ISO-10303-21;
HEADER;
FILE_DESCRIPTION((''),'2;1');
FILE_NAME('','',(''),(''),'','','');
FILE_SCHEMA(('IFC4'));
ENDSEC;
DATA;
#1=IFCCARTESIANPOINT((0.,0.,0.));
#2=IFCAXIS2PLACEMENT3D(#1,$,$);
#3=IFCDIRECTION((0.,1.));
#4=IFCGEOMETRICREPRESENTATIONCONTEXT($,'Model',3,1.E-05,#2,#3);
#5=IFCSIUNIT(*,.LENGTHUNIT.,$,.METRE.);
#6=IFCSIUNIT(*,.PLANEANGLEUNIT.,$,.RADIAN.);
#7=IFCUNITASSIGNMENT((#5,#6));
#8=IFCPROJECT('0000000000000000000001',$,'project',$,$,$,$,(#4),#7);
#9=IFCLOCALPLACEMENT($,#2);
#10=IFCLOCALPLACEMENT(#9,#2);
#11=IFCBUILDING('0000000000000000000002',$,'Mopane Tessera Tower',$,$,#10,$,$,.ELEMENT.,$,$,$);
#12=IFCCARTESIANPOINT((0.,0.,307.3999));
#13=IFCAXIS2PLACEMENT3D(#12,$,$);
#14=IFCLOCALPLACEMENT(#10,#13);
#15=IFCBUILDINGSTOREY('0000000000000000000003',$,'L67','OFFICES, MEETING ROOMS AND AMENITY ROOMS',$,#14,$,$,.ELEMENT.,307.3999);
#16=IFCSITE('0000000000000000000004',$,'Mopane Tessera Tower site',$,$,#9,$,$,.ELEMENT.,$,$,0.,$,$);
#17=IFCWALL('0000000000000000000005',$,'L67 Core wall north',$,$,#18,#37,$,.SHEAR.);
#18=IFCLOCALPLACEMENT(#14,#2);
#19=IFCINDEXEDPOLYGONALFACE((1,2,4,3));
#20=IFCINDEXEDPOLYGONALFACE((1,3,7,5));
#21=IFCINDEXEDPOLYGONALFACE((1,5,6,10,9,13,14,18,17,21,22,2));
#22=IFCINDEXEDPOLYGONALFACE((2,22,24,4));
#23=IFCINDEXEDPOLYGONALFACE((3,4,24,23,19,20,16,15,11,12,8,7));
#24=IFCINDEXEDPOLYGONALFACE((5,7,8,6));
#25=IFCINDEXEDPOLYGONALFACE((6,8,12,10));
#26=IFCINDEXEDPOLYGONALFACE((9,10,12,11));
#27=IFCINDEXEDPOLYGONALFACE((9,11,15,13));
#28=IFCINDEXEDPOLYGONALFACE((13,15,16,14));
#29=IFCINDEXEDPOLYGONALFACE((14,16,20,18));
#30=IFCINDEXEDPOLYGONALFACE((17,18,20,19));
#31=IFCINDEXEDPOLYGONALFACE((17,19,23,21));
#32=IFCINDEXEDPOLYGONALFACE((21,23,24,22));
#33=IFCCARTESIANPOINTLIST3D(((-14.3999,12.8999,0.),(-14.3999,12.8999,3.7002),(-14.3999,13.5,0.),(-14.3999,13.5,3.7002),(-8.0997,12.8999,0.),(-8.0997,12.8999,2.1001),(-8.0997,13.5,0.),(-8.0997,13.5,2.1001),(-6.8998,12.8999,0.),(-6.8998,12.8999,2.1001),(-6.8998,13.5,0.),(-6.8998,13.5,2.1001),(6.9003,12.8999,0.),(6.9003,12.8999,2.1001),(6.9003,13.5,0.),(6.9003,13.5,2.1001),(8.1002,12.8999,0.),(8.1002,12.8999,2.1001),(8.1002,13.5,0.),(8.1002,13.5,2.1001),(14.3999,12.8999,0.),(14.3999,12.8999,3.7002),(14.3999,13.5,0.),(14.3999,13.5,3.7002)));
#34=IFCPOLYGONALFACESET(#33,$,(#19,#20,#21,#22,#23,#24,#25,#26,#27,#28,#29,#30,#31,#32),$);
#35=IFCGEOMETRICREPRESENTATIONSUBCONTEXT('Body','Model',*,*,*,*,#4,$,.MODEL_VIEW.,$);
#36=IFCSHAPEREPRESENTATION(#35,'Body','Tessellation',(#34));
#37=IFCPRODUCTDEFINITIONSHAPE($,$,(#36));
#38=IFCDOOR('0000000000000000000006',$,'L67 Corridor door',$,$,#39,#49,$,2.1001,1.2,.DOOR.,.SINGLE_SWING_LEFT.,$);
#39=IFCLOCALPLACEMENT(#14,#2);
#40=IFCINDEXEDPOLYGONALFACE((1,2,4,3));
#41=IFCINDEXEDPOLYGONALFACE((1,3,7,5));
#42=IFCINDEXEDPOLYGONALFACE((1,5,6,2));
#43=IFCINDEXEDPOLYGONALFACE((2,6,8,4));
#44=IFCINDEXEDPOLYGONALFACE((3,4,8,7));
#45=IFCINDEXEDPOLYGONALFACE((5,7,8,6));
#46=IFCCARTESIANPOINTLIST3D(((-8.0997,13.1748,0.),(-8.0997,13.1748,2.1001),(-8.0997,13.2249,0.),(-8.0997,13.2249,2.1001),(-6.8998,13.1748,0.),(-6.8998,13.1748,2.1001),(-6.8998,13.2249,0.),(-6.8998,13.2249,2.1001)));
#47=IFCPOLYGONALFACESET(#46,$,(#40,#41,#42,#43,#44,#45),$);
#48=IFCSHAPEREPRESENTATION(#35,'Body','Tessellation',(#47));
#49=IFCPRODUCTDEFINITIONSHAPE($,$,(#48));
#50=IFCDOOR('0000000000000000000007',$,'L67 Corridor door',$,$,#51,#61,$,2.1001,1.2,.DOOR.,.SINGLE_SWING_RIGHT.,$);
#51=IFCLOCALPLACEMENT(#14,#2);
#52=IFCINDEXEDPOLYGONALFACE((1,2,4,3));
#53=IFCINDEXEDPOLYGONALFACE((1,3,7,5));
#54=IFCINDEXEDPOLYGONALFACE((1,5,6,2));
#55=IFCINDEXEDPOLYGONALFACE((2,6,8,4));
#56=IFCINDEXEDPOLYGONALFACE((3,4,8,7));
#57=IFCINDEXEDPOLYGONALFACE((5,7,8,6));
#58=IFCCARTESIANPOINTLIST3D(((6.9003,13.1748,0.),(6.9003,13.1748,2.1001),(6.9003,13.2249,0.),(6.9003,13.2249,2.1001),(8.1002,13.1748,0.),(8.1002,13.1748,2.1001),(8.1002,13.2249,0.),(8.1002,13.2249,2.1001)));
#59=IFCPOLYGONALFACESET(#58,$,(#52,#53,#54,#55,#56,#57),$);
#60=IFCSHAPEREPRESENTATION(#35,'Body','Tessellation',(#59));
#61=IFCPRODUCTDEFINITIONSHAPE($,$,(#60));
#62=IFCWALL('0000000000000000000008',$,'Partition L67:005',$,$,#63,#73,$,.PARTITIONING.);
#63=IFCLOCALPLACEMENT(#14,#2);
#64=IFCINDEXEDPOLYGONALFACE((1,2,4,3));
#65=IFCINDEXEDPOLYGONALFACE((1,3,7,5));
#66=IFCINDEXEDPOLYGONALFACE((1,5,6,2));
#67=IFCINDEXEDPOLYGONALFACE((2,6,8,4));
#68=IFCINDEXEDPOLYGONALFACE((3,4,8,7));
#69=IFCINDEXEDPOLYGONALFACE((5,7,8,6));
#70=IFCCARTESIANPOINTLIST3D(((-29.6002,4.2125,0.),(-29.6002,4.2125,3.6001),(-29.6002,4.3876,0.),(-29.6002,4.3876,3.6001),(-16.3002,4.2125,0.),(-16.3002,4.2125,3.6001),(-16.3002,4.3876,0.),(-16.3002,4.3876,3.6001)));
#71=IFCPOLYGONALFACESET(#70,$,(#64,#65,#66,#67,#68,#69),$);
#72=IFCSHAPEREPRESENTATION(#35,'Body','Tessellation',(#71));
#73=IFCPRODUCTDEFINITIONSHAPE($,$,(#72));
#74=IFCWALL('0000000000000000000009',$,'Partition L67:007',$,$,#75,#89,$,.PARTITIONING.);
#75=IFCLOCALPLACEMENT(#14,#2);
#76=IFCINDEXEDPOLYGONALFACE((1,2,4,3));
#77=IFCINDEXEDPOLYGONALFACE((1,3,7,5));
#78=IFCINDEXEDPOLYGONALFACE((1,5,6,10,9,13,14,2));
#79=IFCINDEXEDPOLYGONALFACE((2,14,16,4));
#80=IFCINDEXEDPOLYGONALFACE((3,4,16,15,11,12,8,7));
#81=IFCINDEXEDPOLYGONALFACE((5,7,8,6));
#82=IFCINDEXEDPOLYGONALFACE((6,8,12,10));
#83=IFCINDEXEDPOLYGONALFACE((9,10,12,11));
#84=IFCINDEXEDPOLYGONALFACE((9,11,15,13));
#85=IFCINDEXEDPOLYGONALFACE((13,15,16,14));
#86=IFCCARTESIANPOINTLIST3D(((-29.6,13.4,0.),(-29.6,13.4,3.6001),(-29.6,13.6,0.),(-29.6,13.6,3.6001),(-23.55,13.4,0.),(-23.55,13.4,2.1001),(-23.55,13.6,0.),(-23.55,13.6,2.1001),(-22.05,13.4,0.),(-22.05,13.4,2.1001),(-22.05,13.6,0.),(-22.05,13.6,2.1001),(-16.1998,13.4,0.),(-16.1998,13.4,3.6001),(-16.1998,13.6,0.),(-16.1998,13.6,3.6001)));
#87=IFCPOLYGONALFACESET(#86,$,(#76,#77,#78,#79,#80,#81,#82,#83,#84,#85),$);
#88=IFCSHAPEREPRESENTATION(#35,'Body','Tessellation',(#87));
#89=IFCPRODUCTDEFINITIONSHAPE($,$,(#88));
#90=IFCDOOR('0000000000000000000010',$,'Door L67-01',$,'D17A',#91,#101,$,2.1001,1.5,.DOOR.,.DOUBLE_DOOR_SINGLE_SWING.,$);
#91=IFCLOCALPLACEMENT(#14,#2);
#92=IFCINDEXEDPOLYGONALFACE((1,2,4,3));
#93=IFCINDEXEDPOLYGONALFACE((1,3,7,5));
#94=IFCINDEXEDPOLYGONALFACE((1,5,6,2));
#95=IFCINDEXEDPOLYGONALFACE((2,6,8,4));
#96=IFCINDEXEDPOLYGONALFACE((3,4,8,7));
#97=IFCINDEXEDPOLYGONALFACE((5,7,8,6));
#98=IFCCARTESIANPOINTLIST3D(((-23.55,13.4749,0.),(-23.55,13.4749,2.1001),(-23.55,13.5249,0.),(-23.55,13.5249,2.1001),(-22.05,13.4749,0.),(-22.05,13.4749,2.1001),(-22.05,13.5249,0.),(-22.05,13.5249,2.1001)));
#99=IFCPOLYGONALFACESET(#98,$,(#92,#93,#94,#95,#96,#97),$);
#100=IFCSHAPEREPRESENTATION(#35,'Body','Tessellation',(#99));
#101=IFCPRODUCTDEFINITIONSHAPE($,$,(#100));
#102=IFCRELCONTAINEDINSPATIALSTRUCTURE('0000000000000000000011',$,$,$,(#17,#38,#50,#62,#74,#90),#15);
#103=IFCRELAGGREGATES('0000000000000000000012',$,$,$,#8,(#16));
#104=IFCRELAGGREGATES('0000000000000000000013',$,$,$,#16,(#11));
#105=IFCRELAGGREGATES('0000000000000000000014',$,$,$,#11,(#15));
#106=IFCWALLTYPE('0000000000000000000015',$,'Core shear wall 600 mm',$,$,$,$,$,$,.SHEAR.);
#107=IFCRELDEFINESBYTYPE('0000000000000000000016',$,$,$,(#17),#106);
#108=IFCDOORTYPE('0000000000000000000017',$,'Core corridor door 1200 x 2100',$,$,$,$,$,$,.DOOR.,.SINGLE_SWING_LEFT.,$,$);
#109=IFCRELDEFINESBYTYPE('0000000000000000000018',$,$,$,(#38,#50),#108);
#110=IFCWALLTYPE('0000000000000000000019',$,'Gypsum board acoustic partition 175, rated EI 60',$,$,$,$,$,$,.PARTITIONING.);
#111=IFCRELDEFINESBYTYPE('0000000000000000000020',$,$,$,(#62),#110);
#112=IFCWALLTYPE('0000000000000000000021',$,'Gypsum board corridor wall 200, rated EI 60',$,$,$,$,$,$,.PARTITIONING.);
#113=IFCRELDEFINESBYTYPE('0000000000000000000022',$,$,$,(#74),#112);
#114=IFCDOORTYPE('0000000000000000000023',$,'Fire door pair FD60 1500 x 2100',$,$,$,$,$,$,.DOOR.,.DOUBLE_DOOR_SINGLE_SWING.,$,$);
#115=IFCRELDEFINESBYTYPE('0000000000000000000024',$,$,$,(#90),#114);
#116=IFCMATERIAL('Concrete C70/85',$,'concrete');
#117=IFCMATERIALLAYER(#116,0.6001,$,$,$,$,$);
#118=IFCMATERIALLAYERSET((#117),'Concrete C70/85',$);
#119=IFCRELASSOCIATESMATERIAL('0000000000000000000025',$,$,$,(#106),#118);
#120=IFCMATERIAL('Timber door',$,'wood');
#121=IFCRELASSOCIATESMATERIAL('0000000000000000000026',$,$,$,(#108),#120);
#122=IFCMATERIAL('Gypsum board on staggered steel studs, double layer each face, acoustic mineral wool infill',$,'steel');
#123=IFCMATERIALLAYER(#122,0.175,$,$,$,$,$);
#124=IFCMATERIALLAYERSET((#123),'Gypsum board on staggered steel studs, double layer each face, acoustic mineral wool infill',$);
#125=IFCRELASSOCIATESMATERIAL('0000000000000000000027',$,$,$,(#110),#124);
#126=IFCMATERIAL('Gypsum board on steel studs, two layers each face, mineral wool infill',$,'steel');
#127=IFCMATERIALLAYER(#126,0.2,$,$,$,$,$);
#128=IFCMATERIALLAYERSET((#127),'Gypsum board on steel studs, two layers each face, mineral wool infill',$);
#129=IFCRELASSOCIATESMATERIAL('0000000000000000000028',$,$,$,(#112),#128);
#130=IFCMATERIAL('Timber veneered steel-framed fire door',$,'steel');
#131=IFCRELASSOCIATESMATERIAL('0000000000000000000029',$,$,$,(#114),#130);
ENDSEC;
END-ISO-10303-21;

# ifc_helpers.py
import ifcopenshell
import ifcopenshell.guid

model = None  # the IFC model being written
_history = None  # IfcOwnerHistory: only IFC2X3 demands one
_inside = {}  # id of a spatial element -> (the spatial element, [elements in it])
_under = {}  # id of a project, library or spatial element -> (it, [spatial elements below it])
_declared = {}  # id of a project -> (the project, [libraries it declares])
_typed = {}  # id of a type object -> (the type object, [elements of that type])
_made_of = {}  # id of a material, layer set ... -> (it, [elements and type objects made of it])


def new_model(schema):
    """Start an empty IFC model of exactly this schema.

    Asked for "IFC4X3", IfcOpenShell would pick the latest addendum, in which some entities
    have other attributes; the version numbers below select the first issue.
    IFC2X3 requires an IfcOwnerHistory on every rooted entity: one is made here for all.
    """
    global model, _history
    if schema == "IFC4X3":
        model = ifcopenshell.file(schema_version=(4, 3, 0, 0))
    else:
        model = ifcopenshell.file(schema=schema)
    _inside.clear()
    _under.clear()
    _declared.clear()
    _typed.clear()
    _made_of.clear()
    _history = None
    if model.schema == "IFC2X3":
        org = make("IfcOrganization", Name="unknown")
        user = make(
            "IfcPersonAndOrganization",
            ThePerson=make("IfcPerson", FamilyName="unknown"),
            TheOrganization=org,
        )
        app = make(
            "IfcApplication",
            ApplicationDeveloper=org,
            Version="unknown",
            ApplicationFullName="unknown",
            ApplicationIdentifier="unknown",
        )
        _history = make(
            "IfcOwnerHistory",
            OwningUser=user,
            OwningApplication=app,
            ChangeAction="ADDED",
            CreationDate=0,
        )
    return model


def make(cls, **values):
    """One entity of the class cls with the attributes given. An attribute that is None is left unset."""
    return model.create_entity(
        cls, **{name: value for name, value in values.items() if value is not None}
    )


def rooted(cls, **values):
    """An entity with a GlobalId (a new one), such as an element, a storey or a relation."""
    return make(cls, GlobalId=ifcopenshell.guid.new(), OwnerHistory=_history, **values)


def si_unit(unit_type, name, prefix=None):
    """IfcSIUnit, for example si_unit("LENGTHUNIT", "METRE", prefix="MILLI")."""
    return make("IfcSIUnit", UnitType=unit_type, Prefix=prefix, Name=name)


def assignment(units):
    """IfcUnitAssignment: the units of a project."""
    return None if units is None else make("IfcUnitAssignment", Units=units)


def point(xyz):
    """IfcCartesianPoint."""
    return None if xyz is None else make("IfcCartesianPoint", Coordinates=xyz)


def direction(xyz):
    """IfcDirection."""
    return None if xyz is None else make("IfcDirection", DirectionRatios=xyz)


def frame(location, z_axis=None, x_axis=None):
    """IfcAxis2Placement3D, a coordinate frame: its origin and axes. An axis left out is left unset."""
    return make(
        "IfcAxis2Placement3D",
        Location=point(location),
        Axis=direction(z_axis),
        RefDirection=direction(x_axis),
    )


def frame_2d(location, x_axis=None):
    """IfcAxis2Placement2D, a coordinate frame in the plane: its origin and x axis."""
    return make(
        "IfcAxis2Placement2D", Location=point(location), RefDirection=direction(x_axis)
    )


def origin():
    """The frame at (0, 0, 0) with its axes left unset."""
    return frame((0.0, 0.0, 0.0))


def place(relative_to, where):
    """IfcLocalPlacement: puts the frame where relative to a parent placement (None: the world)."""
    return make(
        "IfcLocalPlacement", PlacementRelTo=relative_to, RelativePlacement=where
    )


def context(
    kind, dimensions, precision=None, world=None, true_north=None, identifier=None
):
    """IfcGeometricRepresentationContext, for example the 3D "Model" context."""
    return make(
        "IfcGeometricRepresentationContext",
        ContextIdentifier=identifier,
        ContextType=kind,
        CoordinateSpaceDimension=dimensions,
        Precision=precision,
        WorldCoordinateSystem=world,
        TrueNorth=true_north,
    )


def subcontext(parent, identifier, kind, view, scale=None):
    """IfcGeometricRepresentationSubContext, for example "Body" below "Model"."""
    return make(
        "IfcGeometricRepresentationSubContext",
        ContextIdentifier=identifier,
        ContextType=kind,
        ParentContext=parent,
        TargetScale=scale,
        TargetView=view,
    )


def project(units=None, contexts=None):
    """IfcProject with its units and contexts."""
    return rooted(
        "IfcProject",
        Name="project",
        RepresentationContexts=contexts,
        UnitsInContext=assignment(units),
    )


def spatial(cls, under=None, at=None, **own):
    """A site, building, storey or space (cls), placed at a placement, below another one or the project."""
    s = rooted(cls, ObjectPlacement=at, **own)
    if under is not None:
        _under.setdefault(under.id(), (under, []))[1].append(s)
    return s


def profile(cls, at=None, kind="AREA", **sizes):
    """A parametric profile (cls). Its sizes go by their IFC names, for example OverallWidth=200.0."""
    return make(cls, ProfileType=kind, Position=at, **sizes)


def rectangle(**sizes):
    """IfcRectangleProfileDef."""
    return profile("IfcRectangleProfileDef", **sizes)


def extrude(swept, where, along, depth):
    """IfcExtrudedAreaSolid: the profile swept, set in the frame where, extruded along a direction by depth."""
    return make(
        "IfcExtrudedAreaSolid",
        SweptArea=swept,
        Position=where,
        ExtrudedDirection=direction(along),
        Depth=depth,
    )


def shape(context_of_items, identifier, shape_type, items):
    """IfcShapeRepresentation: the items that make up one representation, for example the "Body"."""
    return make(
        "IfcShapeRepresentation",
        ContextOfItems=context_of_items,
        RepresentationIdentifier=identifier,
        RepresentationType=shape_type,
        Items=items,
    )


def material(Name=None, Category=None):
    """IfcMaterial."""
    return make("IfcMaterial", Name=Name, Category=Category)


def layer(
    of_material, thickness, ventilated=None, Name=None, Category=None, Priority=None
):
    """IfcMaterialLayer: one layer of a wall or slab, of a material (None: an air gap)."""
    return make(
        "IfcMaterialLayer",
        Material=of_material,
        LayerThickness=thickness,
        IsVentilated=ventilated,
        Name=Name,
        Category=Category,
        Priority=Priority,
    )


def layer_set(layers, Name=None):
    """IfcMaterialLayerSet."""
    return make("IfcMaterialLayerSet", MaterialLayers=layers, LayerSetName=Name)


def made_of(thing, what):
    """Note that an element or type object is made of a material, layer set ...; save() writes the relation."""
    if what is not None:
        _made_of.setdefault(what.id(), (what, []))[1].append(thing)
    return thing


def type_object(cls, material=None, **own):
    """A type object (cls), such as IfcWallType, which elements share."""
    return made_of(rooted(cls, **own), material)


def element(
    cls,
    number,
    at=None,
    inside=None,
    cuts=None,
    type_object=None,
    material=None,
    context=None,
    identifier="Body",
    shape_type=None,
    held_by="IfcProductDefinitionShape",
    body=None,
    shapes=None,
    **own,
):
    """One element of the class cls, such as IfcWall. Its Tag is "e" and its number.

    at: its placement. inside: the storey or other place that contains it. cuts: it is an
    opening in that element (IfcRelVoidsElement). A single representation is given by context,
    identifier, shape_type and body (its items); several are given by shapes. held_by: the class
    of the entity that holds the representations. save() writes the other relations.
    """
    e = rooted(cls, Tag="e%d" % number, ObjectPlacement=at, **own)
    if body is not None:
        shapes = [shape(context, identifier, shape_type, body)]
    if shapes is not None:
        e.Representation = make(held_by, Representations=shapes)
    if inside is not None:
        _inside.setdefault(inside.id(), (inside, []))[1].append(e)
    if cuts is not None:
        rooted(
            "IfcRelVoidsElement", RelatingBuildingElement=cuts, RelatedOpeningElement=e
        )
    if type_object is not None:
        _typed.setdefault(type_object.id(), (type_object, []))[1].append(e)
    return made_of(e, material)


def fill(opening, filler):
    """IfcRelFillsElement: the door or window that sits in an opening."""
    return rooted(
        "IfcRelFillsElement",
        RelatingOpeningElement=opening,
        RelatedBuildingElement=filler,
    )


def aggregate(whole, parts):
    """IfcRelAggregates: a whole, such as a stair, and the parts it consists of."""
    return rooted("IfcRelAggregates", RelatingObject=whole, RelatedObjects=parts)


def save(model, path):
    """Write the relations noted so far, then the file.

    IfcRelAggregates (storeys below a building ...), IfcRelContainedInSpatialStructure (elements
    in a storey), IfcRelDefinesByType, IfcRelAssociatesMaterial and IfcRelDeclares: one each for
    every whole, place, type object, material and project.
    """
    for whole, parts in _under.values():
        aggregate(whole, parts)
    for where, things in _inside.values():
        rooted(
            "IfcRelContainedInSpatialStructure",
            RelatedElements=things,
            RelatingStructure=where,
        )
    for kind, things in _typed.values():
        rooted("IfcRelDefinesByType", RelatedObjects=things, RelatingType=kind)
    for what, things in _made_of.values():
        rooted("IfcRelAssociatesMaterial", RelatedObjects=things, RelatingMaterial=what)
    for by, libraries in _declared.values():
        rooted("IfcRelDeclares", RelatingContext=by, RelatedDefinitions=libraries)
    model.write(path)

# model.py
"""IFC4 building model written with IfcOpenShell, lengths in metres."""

from ifc_helpers import new_model, si_unit, direction, frame, frame_2d, origin, place, context, subcontext, project, spatial, rectangle, extrude, material, layer, layer_set, type_object, element, fill, save


model = new_model("IFC4")

# Units and contexts
model_context = context("Model", 3, precision=1e-05, world=origin(), true_north=direction((0.0, 1.0)))
body_context = subcontext(model_context, "Body", "Model", "MODEL_VIEW")
ifc_project = project(units=[si_unit("LENGTHUNIT", "METRE"), si_unit("PLANEANGLEUNIT", "RADIAN")], contexts=[model_context])

# Site, building, storey
site_placement = place(None, origin())
site = spatial("IfcSite", under=ifc_project, at=site_placement, Name="Mopane Tessera Tower site", CompositionType="ELEMENT", RefElevation=0.0)
building_placement = place(site_placement, origin())
building = spatial("IfcBuilding", under=site, at=building_placement, Name="Mopane Tessera Tower", CompositionType="ELEMENT")
storey_placement = place(building_placement, frame((0.0, 0.0, 307.3999)))
storey = spatial("IfcBuildingStorey", under=building, at=storey_placement, Name="L67", Description="OFFICES, MEETING ROOMS AND AMENITY ROOMS", CompositionType="ELEMENT", Elevation=307.3999)

# Wall, openings, doors
ifc_material_1 = material(Name="Concrete C70/85", Category="concrete")
ifc_layer_1 = layer(ifc_material_1, 0.6001)
ifc_layer_set_1 = layer_set([ifc_layer_1], Name="Concrete C70/85")
wall_type_1 = type_object("IfcWallType", Name="Core shear wall 600 mm", PredefinedType="SHEAR", material=ifc_layer_set_1)
wall_1_placement = place(storey_placement, frame((-14.3999, 13.2, 0.0), z_axis=(0.0, 0.0, 1.0), x_axis=(1.0, 0.0, 0.0)))
wall_1 = element("IfcWall", 1, at=wall_1_placement, inside=storey, type_object=wall_type_1, Name="L67 Core wall north", PredefinedType="SHEAR", context=body_context, shape_type="SweptSolid", body=[
    extrude(rectangle(XDim=28.7998, YDim=0.6001, at=frame_2d((14.3999, 0.0))), origin(), (0.0, 0.0, 1.0), 3.7002),
])
opening_1_placement = place(wall_1_placement, frame((6.3, 0.0, 0.0)))
opening_1 = element("IfcOpeningElement", 2, at=opening_1_placement, cuts=wall_1, PredefinedType="OPENING", context=body_context, shape_type="SweptSolid", body=[
    extrude(rectangle(XDim=1.2, YDim=2.1001, at=frame_2d((0.6001, 1.05))), frame((0.0, 0.312, 0.0), z_axis=(0.0, -1.0, 0.0), x_axis=(1.0, 0.0, 0.0)), (0.0, 0.0, 1.0), 0.624),
])
opening_2_placement = place(wall_1_placement, frame((21.3, 0.0, 0.0)))
opening_2 = element("IfcOpeningElement", 3, at=opening_2_placement, cuts=wall_1, PredefinedType="OPENING", context=body_context, shape_type="SweptSolid", body=[
    extrude(rectangle(XDim=1.2, YDim=2.1001, at=frame_2d((0.6001, 1.05))), frame((0.0, 0.312, 0.0), z_axis=(0.0, -1.0, 0.0), x_axis=(1.0, 0.0, 0.0)), (0.0, 0.0, 1.0), 0.624),
])
ifc_material_2 = material(Name="Timber door", Category="wood")
door_type_1 = type_object("IfcDoorType", Name="Core corridor door 1200 x 2100", OperationType="SINGLE_SWING_LEFT", PredefinedType="DOOR", material=ifc_material_2)
door_1_placement = place(opening_1_placement, origin())
door_1 = element("IfcDoor", 4, at=door_1_placement, inside=storey, type_object=door_type_1, Name="L67 Corridor door", OperationType="SINGLE_SWING_LEFT", OverallHeight=2.1001, OverallWidth=1.2, PredefinedType="DOOR", context=body_context, shape_type="SweptSolid", body=[
    extrude(rectangle(XDim=1.2, YDim=2.1001, at=frame_2d((0.6001, 1.05))), frame((0.0, 0.0249, 0.0), z_axis=(0.0, -1.0, 0.0), x_axis=(1.0, 0.0, 0.0)), (0.0, 0.0, 1.0), 0.05),
])
fill(opening_1, door_1)
door_2_placement = place(opening_2_placement, origin())
door_2 = element("IfcDoor", 5, at=door_2_placement, inside=storey, type_object=door_type_1, Name="L67 Corridor door", OperationType="SINGLE_SWING_RIGHT", OverallHeight=2.1001, OverallWidth=1.2, PredefinedType="DOOR", context=body_context, shape_type="SweptSolid", body=[
    extrude(rectangle(XDim=1.2, YDim=2.1001, at=frame_2d((0.6001, 1.05))), frame((0.0, 0.0249, 0.0), z_axis=(0.0, -1.0, 0.0), x_axis=(1.0, 0.0, 0.0)), (0.0, 0.0, 1.0), 0.05),
])
fill(opening_2, door_2)

# Wall
ifc_material_3 = material(Name="Gypsum board on staggered steel studs, double layer each face, acoustic mineral wool infill", Category="steel")
ifc_layer_2 = layer(ifc_material_3, 0.175)
ifc_layer_set_2 = layer_set([ifc_layer_2], Name="Gypsum board on staggered steel studs, double layer each face, acoustic mineral wool infill")
wall_type_2 = type_object("IfcWallType", Name="Gypsum board acoustic partition 175, rated EI 60", PredefinedType="PARTITIONING", material=ifc_layer_set_2)
wall_2_placement = place(storey_placement, frame((-29.6001, 4.3, 0.0), z_axis=(0.0, 0.0, 1.0), x_axis=(1.0, 0.0, 0.0)))
element("IfcWall", 6, at=wall_2_placement, inside=storey, type_object=wall_type_2, Name="Partition L67:005", PredefinedType="PARTITIONING", context=body_context, shape_type="SweptSolid", body=[
    extrude(rectangle(XDim=13.3, YDim=0.175, at=frame_2d((6.6499, 0.0))), origin(), (0.0, 0.0, 1.0), 3.6001),
])

# Wall, opening, door
ifc_material_4 = material(Name="Gypsum board on steel studs, two layers each face, mineral wool infill", Category="steel")
ifc_layer_3 = layer(ifc_material_4, 0.2)
ifc_layer_set_3 = layer_set([ifc_layer_3], Name="Gypsum board on steel studs, two layers each face, mineral wool infill")
wall_type_3 = type_object("IfcWallType", Name="Gypsum board corridor wall 200, rated EI 60", PredefinedType="PARTITIONING", material=ifc_layer_set_3)
wall_3_placement = place(storey_placement, frame((-29.6001, 13.5, 0.0), z_axis=(0.0, 0.0, 1.0), x_axis=(1.0, 0.0, 0.0)))
wall_3 = element("IfcWall", 7, at=wall_3_placement, inside=storey, type_object=wall_type_3, Name="Partition L67:007", PredefinedType="PARTITIONING", context=body_context, shape_type="SweptSolid", body=[
    extrude(rectangle(XDim=13.4001, YDim=0.2, at=frame_2d((6.7002, 0.0))), origin(), (0.0, 0.0, 1.0), 3.6001),
])
opening_3_placement = place(wall_3_placement, frame((6.05, 0.0, 0.0)))
opening_3 = element("IfcOpeningElement", 8, at=opening_3_placement, cuts=wall_3, PredefinedType="OPENING", context=body_context, shape_type="SweptSolid", body=[
    extrude(rectangle(XDim=1.5, YDim=2.1001, at=frame_2d((0.75, 1.05))), frame((0.0, 0.1121, 0.0), z_axis=(0.0, -1.0, 0.0), x_axis=(1.0, 0.0, 0.0)), (0.0, 0.0, 1.0), 0.2239),
])
ifc_material_5 = material(Name="Timber veneered steel-framed fire door", Category="steel")
door_type_2 = type_object("IfcDoorType", Name="Fire door pair FD60 1500 x 2100", OperationType="DOUBLE_DOOR_SINGLE_SWING", PredefinedType="DOOR", material=ifc_material_5)
door_3_placement = place(opening_3_placement, origin())
door_3 = element("IfcDoor", 9, at=door_3_placement, inside=storey, type_object=door_type_2, Name="Door L67-01", ObjectType="D17A", OperationType="DOUBLE_DOOR_SINGLE_SWING", OverallHeight=2.1001, OverallWidth=1.5, PredefinedType="DOOR", context=body_context, shape_type="SweptSolid", body=[
    extrude(rectangle(XDim=1.5, YDim=2.1001, at=frame_2d((0.75, 1.05))), frame((0.0, 0.0249, 0.0), z_axis=(0.0, -1.0, 0.0), x_axis=(1.0, 0.0, 0.0)), (0.0, 0.0, 1.0), 0.05),
])
fill(opening_3, door_3)

save(model, "model.ifc")
